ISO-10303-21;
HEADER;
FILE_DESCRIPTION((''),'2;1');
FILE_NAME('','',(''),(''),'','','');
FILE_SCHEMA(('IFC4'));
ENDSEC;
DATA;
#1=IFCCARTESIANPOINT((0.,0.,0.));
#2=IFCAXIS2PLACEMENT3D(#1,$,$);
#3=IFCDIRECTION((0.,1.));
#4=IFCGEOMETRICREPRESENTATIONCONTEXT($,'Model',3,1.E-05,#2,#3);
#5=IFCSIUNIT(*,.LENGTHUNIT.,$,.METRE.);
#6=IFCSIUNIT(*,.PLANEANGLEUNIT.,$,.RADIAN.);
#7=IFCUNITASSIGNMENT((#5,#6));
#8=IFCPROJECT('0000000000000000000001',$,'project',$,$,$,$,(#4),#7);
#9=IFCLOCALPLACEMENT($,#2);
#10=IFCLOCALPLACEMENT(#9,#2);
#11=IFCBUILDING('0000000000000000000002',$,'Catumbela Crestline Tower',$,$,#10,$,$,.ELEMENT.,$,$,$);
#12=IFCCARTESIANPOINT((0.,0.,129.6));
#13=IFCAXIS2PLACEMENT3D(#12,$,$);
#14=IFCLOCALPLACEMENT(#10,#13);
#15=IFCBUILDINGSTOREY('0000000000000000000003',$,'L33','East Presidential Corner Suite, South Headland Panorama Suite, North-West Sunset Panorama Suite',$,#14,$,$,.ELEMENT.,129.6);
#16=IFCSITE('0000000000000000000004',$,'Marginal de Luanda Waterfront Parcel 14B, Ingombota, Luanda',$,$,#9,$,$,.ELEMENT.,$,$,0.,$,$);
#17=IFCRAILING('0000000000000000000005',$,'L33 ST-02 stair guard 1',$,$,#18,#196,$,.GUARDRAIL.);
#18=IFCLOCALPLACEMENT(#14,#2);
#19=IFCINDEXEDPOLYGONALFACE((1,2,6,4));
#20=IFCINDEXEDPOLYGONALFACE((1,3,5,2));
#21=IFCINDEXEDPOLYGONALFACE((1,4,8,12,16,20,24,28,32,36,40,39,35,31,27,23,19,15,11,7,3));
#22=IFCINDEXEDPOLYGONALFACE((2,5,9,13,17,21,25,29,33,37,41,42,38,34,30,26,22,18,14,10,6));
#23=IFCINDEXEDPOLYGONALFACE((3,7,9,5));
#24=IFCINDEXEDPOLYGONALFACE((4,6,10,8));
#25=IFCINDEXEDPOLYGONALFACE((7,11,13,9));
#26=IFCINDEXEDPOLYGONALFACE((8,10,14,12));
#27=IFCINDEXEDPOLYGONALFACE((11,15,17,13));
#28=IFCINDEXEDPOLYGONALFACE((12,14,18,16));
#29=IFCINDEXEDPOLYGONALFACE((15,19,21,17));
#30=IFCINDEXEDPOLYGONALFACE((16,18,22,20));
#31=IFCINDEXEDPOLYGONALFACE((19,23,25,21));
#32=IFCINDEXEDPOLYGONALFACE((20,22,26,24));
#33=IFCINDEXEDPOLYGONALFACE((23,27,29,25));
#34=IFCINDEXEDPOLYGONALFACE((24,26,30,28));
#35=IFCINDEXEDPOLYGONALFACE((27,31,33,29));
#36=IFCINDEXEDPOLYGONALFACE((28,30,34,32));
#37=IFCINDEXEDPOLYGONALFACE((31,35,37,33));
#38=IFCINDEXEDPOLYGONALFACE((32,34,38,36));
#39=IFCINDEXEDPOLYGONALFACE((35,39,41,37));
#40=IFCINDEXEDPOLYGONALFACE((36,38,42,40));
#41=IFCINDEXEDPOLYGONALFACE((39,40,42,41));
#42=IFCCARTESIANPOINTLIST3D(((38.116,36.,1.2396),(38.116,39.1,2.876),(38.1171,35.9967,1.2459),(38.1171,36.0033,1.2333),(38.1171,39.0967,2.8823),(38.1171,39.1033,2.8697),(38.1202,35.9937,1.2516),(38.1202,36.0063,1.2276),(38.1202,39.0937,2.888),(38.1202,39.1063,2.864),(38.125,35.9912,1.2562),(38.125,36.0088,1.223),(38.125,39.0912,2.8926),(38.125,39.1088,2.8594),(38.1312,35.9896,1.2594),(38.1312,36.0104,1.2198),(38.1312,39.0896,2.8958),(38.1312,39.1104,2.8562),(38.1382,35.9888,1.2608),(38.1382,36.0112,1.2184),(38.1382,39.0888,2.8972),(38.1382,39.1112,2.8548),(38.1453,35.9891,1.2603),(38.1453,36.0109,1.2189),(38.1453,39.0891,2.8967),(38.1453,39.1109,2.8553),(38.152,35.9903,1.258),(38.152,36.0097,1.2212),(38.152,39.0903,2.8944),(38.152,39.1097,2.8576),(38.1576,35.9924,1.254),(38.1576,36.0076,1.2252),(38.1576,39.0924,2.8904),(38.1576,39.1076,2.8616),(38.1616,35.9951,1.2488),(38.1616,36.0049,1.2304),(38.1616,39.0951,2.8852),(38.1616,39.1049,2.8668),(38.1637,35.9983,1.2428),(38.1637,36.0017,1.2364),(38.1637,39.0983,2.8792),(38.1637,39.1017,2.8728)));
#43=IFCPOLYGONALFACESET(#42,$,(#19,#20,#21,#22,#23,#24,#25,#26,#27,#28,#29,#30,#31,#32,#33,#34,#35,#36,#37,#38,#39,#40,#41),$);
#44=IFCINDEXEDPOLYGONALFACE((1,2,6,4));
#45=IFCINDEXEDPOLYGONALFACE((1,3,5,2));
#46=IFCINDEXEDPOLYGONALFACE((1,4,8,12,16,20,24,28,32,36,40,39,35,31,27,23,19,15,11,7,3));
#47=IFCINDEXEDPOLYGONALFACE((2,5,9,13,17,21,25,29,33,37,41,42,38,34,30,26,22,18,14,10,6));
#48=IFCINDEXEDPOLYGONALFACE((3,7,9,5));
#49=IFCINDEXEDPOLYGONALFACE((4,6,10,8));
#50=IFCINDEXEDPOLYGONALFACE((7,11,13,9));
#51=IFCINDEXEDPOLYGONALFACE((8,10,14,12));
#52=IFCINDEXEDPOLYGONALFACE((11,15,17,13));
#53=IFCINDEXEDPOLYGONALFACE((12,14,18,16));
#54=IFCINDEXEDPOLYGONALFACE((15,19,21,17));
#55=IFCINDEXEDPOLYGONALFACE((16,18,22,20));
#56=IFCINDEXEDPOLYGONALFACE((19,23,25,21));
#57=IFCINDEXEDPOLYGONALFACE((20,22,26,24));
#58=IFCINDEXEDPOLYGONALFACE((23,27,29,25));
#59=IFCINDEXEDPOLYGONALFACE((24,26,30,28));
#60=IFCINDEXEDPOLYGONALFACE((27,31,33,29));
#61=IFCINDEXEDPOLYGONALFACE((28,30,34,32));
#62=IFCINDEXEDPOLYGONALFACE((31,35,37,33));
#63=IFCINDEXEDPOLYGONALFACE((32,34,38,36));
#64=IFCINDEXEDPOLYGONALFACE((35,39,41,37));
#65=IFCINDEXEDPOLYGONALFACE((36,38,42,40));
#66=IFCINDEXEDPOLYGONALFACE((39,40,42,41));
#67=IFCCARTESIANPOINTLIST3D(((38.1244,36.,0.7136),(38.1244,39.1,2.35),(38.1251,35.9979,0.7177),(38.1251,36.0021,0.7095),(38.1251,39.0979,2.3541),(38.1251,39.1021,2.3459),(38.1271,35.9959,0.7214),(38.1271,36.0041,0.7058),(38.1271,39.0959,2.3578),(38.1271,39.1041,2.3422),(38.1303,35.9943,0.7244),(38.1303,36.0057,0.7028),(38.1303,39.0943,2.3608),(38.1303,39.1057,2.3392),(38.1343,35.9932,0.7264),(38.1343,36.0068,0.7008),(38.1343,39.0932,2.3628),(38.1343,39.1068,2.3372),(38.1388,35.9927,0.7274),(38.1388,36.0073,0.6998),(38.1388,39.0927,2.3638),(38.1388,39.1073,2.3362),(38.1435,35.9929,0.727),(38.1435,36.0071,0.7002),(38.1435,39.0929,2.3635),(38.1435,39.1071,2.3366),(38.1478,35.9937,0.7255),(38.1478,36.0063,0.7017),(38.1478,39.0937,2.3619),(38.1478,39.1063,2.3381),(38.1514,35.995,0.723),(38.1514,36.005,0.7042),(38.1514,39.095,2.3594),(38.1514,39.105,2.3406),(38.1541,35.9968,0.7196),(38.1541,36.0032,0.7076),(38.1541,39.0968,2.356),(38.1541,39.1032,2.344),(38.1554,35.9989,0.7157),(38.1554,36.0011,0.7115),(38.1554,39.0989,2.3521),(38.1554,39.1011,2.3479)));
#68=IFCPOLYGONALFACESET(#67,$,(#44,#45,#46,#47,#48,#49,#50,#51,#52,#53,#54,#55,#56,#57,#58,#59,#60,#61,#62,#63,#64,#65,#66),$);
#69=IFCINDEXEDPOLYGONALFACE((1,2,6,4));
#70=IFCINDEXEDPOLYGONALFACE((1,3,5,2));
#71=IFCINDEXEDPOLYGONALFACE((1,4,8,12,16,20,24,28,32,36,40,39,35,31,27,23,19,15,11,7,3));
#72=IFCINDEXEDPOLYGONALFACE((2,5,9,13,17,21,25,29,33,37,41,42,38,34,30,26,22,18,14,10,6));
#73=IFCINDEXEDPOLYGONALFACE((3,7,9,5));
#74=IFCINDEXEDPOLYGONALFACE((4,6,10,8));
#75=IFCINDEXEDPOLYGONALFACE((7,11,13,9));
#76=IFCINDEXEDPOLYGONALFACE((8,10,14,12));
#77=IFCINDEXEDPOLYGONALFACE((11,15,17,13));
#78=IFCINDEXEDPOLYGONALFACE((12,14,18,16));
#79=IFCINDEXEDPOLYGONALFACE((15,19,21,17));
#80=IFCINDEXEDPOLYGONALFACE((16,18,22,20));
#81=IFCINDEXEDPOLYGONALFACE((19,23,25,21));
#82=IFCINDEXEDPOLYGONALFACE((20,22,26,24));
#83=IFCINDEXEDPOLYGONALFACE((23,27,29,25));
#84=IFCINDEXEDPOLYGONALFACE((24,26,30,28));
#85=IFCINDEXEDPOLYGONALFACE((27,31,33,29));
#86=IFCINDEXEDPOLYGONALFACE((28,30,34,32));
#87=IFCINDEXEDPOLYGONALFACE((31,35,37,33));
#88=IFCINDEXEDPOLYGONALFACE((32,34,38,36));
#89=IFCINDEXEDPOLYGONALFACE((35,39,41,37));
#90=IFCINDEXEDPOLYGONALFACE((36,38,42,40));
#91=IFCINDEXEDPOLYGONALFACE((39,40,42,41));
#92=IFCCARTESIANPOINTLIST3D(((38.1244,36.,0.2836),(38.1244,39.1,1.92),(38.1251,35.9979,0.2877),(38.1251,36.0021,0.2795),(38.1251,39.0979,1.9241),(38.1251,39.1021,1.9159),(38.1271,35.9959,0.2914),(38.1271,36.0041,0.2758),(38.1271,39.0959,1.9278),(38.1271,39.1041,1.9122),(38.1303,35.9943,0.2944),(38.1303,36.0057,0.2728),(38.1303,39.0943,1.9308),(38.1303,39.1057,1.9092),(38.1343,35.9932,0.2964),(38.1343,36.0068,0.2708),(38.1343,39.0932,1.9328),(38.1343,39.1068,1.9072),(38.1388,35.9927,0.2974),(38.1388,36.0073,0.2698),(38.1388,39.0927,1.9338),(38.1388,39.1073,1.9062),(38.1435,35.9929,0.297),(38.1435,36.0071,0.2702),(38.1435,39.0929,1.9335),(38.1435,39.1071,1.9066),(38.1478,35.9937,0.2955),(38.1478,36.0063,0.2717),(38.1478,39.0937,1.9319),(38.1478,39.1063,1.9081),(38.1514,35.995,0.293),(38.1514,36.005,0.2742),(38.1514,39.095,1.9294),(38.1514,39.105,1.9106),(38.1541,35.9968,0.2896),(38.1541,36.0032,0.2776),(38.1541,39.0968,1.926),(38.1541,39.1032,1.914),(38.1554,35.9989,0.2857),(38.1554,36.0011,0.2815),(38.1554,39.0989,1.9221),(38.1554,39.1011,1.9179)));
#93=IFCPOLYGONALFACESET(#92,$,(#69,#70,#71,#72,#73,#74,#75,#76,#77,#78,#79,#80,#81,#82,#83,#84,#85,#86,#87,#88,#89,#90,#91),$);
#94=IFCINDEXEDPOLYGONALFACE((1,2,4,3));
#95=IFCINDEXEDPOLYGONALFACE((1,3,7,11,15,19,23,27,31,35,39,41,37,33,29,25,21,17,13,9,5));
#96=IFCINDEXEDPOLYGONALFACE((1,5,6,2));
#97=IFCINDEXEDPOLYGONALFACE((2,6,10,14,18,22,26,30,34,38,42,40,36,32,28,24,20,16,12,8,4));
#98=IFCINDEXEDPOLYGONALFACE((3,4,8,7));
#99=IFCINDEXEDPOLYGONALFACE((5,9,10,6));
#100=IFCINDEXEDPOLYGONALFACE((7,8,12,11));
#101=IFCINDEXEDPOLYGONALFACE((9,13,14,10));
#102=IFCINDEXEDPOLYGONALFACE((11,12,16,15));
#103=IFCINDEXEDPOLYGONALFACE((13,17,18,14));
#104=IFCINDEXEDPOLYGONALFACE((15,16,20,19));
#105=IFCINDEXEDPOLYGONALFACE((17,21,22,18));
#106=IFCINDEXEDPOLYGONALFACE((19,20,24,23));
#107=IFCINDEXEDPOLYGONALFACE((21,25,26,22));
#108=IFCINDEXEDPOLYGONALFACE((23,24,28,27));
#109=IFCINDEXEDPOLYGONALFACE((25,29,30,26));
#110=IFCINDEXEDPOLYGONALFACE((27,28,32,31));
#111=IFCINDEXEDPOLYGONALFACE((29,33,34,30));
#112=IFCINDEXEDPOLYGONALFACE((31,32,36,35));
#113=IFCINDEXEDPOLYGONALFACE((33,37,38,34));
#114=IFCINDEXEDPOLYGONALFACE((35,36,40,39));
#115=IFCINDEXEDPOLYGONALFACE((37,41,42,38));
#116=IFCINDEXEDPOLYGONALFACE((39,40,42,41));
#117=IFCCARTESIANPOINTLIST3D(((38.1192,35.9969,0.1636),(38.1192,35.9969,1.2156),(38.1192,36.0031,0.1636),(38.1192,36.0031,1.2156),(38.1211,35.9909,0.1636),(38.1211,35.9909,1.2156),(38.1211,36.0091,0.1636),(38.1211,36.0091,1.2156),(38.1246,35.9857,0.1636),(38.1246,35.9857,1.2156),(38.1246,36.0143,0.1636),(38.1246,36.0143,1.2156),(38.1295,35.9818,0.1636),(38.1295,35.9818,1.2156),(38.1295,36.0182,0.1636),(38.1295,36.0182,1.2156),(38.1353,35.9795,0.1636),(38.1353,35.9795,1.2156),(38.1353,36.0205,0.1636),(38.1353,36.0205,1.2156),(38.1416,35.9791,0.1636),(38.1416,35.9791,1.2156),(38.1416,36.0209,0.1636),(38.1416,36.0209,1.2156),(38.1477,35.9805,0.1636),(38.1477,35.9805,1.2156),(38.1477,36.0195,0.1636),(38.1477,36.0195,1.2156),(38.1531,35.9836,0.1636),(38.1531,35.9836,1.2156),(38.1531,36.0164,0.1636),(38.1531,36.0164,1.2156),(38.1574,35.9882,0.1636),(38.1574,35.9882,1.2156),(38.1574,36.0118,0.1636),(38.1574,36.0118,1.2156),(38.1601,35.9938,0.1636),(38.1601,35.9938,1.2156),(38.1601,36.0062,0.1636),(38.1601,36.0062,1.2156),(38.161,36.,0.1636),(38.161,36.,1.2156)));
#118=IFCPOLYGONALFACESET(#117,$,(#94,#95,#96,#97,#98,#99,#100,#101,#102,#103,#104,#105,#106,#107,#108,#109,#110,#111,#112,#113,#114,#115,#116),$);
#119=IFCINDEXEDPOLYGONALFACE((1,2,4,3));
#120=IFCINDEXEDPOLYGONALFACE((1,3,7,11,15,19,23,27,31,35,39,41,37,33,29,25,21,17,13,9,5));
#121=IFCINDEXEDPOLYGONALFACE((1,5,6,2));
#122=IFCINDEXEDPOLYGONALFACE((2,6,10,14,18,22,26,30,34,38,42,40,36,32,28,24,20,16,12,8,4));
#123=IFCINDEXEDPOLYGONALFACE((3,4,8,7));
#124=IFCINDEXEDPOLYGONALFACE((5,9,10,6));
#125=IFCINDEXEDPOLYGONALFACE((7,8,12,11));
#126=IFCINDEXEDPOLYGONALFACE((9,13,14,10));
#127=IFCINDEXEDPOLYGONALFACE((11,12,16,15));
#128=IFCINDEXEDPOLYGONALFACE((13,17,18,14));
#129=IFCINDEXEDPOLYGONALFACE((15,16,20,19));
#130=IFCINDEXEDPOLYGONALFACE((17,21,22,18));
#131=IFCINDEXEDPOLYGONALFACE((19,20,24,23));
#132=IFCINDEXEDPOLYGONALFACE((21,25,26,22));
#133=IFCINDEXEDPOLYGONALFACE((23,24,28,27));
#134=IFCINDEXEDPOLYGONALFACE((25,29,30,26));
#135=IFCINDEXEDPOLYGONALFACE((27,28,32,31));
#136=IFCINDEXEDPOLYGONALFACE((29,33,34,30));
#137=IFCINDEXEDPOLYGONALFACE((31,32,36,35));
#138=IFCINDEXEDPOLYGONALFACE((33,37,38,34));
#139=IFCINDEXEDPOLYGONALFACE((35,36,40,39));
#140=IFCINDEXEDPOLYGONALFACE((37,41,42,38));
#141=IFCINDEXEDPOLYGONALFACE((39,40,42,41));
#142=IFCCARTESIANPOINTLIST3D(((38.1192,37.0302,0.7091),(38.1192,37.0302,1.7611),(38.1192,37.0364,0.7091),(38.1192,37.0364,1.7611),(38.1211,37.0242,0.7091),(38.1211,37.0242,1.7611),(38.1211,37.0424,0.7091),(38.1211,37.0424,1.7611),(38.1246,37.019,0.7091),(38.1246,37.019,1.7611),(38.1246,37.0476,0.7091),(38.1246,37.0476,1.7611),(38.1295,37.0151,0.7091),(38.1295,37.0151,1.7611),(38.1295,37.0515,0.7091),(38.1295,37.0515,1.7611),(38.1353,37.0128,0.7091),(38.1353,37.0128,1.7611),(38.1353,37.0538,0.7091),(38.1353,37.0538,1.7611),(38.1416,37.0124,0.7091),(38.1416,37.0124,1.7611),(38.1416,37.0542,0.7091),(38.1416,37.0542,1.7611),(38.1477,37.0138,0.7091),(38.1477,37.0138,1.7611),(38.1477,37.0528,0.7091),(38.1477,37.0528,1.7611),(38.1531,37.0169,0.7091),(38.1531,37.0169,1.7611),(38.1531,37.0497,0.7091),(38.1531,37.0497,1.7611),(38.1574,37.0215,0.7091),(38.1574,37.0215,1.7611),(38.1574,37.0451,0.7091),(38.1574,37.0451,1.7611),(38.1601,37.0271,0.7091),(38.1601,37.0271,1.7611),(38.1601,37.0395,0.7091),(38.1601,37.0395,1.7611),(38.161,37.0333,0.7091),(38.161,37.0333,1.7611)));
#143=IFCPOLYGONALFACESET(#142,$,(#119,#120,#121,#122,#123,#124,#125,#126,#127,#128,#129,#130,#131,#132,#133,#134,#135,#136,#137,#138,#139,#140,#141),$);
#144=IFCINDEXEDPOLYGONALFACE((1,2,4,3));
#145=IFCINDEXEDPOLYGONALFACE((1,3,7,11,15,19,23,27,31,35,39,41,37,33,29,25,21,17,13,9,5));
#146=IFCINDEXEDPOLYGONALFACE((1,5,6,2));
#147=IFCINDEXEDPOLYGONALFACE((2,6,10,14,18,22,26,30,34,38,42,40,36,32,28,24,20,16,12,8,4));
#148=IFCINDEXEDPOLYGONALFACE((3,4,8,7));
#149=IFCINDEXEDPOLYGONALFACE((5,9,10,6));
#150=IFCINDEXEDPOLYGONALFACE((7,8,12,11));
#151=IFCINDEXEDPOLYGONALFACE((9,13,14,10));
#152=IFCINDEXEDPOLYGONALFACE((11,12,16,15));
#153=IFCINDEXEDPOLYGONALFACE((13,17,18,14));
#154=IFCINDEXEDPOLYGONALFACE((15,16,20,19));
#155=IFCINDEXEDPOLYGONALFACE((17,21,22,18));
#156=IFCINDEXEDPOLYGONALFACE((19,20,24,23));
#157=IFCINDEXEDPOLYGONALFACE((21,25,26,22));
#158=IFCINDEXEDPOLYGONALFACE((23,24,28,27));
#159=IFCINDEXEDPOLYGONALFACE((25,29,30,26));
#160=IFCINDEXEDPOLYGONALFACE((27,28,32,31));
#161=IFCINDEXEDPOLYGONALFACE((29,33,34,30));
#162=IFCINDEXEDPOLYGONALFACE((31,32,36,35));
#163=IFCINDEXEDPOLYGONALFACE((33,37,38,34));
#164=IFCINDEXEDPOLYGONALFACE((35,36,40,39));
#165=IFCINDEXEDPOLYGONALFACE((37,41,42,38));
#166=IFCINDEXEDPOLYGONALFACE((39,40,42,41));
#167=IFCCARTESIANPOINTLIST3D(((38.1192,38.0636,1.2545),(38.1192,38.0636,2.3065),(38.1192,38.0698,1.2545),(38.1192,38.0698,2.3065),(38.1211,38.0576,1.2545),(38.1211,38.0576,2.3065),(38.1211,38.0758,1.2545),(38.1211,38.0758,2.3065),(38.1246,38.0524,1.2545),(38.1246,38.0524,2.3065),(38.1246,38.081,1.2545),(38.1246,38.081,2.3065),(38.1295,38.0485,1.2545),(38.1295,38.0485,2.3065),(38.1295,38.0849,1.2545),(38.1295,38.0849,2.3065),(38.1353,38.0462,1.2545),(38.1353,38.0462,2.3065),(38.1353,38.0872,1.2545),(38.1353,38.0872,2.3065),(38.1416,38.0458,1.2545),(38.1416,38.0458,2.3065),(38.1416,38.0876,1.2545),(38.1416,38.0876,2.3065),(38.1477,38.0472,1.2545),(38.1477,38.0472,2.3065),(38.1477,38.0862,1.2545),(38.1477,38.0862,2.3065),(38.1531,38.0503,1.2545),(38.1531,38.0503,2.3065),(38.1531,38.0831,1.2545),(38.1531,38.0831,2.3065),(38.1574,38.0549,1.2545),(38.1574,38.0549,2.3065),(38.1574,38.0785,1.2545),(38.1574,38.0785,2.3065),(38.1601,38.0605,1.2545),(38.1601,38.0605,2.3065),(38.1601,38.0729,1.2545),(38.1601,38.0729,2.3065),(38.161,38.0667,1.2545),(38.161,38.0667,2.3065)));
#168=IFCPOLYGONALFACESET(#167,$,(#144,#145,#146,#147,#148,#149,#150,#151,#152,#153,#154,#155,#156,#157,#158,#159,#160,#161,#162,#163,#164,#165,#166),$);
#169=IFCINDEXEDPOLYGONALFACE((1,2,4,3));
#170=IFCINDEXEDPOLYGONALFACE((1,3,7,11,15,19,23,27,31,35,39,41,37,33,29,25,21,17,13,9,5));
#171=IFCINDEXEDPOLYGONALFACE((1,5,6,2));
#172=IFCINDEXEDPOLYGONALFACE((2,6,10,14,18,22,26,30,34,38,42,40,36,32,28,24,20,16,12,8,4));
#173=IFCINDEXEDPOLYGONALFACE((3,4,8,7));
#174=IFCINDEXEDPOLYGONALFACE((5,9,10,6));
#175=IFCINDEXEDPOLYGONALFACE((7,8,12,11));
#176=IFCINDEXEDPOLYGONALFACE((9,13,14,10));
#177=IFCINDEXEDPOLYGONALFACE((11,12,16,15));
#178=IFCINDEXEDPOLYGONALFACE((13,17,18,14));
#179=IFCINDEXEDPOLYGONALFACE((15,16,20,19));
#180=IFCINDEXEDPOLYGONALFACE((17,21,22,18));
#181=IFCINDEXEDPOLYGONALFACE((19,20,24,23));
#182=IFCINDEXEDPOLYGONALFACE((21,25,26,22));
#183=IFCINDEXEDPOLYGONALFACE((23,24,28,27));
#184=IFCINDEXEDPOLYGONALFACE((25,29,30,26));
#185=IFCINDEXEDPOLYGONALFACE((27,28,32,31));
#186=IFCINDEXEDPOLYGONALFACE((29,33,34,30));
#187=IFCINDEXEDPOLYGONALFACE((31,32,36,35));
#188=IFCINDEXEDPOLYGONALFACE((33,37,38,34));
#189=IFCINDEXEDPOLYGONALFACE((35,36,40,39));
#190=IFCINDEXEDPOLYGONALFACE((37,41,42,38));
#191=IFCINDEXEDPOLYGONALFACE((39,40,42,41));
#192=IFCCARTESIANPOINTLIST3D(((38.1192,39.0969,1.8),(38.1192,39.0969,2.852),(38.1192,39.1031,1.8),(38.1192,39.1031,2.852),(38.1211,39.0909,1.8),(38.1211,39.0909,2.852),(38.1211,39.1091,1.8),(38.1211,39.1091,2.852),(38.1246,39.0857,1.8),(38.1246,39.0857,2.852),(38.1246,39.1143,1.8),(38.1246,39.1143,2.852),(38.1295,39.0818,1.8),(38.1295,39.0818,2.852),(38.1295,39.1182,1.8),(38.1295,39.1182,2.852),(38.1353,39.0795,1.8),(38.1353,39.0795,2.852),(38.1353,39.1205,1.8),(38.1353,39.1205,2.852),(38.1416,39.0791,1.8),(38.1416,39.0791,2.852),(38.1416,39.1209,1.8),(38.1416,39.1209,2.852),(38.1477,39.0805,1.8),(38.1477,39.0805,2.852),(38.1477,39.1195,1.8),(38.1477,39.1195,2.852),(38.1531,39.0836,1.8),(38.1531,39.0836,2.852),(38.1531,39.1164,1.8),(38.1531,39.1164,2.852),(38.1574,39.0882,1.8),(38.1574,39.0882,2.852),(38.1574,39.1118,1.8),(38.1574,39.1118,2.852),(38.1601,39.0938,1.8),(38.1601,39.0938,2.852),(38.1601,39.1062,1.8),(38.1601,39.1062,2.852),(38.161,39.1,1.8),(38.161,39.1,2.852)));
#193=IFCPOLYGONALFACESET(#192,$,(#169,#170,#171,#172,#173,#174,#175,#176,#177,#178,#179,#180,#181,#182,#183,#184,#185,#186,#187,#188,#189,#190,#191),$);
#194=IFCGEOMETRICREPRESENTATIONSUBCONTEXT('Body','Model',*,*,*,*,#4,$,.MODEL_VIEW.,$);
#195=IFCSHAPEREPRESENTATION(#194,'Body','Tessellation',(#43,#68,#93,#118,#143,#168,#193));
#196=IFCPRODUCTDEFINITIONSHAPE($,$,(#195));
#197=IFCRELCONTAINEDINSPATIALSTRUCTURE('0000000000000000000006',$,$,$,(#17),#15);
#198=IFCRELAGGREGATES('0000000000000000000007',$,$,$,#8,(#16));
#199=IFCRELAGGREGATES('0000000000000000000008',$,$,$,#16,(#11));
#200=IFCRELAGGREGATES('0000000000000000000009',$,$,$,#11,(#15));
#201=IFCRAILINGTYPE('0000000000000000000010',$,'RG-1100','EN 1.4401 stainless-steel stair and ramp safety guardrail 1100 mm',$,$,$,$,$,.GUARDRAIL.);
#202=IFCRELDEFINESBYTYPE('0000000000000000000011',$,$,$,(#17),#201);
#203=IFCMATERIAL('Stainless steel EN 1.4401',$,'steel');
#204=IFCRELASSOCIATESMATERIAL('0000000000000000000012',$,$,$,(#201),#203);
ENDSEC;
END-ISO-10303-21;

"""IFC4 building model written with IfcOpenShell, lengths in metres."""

from ifc_helpers import new_model, si_unit, direction, frame, origin, origin_2d, place, context, subcontext, project, spatial, circle, extrude, material, type_object, element, save


model = new_model("IFC4")

# Units and contexts
model_context = context("Model", 3, precision=1e-05, world=origin(), true_north=direction((0.0, 1.0)))
body_context = subcontext(model_context, "Body", "Model", "MODEL_VIEW")
ifc_project = project(units=[si_unit("LENGTHUNIT", "METRE"), si_unit("PLANEANGLEUNIT", "RADIAN")], contexts=[model_context])

# Site, building, storey
site_placement = place(None, origin())
site = spatial("IfcSite", under=ifc_project, at=site_placement, Name="Marginal de Luanda Waterfront Parcel 14B, Ingombota, Luanda", CompositionType="ELEMENT", RefElevation=0.0)
building_placement = place(site_placement, origin())
building = spatial("IfcBuilding", under=site, at=building_placement, Name="Catumbela Crestline Tower", CompositionType="ELEMENT")
storey_placement = place(building_placement, frame((0.0, 0.0, 129.6)))
storey = spatial("IfcBuildingStorey", under=building, at=storey_placement, Name="L33", Description="East Presidential Corner Suite, South Headland Panorama Suite, North-West Sunset Panorama Suite", CompositionType="ELEMENT", Elevation=129.6)

# Shared definitions
ifc_material_1 = material(Name="Stainless steel EN 1.4401", Category="steel")

# Railing
railing_type_1 = type_object("IfcRailingType", Name="RG-1100", Description="EN 1.4401 stainless-steel stair and ramp safety guardrail 1100 mm", PredefinedType="GUARDRAIL", material=ifc_material_1)
railing_1_placement = place(storey_placement, frame((38.14, 36.0, 0.1636)))
element("IfcRailing", 1, at=railing_1_placement, inside=storey, type_object=railing_type_1, Name="L33 ST-02 stair guard 1", PredefinedType="GUARDRAIL", context=body_context, shape_type="SweptSolid", body=[
    extrude(circle(Radius=0.024, at=origin_2d()), frame((0.0, 0.0, 1.076), z_axis=(0.0, 0.884351, 0.466823), x_axis=(-1.0, 0.0, 0.0)), (0.0, 0.0, 1.0), 3.5054),
    extrude(circle(Radius=0.0156, at=origin_2d()), frame((0.0, 0.0, 0.55), z_axis=(0.0, 0.884351, 0.466823), x_axis=(-1.0, 0.0, 0.0)), (0.0, 0.0, 1.0), 3.5054),
    extrude(circle(Radius=0.0156, at=origin_2d()), frame((0.0, 0.0, 0.12), z_axis=(0.0, 0.884351, 0.466823), x_axis=(-1.0, 0.0, 0.0)), (0.0, 0.0, 1.0), 3.5054),
    extrude(circle(Radius=0.021, at=origin_2d()), origin(), (0.0, 0.0, 1.0), 1.052),
    extrude(circle(Radius=0.021, at=origin_2d()), frame((0.0, 1.0333, 0.5455)), (0.0, 0.0, 1.0), 1.052),
    extrude(circle(Radius=0.021, at=origin_2d()), frame((0.0, 2.0667, 1.0909)), (0.0, 0.0, 1.0), 1.052),
    extrude(circle(Radius=0.021, at=origin_2d()), frame((0.0, 3.1, 1.6364)), (0.0, 0.0, 1.0), 1.052),
])

save(model, "model.ifc")
